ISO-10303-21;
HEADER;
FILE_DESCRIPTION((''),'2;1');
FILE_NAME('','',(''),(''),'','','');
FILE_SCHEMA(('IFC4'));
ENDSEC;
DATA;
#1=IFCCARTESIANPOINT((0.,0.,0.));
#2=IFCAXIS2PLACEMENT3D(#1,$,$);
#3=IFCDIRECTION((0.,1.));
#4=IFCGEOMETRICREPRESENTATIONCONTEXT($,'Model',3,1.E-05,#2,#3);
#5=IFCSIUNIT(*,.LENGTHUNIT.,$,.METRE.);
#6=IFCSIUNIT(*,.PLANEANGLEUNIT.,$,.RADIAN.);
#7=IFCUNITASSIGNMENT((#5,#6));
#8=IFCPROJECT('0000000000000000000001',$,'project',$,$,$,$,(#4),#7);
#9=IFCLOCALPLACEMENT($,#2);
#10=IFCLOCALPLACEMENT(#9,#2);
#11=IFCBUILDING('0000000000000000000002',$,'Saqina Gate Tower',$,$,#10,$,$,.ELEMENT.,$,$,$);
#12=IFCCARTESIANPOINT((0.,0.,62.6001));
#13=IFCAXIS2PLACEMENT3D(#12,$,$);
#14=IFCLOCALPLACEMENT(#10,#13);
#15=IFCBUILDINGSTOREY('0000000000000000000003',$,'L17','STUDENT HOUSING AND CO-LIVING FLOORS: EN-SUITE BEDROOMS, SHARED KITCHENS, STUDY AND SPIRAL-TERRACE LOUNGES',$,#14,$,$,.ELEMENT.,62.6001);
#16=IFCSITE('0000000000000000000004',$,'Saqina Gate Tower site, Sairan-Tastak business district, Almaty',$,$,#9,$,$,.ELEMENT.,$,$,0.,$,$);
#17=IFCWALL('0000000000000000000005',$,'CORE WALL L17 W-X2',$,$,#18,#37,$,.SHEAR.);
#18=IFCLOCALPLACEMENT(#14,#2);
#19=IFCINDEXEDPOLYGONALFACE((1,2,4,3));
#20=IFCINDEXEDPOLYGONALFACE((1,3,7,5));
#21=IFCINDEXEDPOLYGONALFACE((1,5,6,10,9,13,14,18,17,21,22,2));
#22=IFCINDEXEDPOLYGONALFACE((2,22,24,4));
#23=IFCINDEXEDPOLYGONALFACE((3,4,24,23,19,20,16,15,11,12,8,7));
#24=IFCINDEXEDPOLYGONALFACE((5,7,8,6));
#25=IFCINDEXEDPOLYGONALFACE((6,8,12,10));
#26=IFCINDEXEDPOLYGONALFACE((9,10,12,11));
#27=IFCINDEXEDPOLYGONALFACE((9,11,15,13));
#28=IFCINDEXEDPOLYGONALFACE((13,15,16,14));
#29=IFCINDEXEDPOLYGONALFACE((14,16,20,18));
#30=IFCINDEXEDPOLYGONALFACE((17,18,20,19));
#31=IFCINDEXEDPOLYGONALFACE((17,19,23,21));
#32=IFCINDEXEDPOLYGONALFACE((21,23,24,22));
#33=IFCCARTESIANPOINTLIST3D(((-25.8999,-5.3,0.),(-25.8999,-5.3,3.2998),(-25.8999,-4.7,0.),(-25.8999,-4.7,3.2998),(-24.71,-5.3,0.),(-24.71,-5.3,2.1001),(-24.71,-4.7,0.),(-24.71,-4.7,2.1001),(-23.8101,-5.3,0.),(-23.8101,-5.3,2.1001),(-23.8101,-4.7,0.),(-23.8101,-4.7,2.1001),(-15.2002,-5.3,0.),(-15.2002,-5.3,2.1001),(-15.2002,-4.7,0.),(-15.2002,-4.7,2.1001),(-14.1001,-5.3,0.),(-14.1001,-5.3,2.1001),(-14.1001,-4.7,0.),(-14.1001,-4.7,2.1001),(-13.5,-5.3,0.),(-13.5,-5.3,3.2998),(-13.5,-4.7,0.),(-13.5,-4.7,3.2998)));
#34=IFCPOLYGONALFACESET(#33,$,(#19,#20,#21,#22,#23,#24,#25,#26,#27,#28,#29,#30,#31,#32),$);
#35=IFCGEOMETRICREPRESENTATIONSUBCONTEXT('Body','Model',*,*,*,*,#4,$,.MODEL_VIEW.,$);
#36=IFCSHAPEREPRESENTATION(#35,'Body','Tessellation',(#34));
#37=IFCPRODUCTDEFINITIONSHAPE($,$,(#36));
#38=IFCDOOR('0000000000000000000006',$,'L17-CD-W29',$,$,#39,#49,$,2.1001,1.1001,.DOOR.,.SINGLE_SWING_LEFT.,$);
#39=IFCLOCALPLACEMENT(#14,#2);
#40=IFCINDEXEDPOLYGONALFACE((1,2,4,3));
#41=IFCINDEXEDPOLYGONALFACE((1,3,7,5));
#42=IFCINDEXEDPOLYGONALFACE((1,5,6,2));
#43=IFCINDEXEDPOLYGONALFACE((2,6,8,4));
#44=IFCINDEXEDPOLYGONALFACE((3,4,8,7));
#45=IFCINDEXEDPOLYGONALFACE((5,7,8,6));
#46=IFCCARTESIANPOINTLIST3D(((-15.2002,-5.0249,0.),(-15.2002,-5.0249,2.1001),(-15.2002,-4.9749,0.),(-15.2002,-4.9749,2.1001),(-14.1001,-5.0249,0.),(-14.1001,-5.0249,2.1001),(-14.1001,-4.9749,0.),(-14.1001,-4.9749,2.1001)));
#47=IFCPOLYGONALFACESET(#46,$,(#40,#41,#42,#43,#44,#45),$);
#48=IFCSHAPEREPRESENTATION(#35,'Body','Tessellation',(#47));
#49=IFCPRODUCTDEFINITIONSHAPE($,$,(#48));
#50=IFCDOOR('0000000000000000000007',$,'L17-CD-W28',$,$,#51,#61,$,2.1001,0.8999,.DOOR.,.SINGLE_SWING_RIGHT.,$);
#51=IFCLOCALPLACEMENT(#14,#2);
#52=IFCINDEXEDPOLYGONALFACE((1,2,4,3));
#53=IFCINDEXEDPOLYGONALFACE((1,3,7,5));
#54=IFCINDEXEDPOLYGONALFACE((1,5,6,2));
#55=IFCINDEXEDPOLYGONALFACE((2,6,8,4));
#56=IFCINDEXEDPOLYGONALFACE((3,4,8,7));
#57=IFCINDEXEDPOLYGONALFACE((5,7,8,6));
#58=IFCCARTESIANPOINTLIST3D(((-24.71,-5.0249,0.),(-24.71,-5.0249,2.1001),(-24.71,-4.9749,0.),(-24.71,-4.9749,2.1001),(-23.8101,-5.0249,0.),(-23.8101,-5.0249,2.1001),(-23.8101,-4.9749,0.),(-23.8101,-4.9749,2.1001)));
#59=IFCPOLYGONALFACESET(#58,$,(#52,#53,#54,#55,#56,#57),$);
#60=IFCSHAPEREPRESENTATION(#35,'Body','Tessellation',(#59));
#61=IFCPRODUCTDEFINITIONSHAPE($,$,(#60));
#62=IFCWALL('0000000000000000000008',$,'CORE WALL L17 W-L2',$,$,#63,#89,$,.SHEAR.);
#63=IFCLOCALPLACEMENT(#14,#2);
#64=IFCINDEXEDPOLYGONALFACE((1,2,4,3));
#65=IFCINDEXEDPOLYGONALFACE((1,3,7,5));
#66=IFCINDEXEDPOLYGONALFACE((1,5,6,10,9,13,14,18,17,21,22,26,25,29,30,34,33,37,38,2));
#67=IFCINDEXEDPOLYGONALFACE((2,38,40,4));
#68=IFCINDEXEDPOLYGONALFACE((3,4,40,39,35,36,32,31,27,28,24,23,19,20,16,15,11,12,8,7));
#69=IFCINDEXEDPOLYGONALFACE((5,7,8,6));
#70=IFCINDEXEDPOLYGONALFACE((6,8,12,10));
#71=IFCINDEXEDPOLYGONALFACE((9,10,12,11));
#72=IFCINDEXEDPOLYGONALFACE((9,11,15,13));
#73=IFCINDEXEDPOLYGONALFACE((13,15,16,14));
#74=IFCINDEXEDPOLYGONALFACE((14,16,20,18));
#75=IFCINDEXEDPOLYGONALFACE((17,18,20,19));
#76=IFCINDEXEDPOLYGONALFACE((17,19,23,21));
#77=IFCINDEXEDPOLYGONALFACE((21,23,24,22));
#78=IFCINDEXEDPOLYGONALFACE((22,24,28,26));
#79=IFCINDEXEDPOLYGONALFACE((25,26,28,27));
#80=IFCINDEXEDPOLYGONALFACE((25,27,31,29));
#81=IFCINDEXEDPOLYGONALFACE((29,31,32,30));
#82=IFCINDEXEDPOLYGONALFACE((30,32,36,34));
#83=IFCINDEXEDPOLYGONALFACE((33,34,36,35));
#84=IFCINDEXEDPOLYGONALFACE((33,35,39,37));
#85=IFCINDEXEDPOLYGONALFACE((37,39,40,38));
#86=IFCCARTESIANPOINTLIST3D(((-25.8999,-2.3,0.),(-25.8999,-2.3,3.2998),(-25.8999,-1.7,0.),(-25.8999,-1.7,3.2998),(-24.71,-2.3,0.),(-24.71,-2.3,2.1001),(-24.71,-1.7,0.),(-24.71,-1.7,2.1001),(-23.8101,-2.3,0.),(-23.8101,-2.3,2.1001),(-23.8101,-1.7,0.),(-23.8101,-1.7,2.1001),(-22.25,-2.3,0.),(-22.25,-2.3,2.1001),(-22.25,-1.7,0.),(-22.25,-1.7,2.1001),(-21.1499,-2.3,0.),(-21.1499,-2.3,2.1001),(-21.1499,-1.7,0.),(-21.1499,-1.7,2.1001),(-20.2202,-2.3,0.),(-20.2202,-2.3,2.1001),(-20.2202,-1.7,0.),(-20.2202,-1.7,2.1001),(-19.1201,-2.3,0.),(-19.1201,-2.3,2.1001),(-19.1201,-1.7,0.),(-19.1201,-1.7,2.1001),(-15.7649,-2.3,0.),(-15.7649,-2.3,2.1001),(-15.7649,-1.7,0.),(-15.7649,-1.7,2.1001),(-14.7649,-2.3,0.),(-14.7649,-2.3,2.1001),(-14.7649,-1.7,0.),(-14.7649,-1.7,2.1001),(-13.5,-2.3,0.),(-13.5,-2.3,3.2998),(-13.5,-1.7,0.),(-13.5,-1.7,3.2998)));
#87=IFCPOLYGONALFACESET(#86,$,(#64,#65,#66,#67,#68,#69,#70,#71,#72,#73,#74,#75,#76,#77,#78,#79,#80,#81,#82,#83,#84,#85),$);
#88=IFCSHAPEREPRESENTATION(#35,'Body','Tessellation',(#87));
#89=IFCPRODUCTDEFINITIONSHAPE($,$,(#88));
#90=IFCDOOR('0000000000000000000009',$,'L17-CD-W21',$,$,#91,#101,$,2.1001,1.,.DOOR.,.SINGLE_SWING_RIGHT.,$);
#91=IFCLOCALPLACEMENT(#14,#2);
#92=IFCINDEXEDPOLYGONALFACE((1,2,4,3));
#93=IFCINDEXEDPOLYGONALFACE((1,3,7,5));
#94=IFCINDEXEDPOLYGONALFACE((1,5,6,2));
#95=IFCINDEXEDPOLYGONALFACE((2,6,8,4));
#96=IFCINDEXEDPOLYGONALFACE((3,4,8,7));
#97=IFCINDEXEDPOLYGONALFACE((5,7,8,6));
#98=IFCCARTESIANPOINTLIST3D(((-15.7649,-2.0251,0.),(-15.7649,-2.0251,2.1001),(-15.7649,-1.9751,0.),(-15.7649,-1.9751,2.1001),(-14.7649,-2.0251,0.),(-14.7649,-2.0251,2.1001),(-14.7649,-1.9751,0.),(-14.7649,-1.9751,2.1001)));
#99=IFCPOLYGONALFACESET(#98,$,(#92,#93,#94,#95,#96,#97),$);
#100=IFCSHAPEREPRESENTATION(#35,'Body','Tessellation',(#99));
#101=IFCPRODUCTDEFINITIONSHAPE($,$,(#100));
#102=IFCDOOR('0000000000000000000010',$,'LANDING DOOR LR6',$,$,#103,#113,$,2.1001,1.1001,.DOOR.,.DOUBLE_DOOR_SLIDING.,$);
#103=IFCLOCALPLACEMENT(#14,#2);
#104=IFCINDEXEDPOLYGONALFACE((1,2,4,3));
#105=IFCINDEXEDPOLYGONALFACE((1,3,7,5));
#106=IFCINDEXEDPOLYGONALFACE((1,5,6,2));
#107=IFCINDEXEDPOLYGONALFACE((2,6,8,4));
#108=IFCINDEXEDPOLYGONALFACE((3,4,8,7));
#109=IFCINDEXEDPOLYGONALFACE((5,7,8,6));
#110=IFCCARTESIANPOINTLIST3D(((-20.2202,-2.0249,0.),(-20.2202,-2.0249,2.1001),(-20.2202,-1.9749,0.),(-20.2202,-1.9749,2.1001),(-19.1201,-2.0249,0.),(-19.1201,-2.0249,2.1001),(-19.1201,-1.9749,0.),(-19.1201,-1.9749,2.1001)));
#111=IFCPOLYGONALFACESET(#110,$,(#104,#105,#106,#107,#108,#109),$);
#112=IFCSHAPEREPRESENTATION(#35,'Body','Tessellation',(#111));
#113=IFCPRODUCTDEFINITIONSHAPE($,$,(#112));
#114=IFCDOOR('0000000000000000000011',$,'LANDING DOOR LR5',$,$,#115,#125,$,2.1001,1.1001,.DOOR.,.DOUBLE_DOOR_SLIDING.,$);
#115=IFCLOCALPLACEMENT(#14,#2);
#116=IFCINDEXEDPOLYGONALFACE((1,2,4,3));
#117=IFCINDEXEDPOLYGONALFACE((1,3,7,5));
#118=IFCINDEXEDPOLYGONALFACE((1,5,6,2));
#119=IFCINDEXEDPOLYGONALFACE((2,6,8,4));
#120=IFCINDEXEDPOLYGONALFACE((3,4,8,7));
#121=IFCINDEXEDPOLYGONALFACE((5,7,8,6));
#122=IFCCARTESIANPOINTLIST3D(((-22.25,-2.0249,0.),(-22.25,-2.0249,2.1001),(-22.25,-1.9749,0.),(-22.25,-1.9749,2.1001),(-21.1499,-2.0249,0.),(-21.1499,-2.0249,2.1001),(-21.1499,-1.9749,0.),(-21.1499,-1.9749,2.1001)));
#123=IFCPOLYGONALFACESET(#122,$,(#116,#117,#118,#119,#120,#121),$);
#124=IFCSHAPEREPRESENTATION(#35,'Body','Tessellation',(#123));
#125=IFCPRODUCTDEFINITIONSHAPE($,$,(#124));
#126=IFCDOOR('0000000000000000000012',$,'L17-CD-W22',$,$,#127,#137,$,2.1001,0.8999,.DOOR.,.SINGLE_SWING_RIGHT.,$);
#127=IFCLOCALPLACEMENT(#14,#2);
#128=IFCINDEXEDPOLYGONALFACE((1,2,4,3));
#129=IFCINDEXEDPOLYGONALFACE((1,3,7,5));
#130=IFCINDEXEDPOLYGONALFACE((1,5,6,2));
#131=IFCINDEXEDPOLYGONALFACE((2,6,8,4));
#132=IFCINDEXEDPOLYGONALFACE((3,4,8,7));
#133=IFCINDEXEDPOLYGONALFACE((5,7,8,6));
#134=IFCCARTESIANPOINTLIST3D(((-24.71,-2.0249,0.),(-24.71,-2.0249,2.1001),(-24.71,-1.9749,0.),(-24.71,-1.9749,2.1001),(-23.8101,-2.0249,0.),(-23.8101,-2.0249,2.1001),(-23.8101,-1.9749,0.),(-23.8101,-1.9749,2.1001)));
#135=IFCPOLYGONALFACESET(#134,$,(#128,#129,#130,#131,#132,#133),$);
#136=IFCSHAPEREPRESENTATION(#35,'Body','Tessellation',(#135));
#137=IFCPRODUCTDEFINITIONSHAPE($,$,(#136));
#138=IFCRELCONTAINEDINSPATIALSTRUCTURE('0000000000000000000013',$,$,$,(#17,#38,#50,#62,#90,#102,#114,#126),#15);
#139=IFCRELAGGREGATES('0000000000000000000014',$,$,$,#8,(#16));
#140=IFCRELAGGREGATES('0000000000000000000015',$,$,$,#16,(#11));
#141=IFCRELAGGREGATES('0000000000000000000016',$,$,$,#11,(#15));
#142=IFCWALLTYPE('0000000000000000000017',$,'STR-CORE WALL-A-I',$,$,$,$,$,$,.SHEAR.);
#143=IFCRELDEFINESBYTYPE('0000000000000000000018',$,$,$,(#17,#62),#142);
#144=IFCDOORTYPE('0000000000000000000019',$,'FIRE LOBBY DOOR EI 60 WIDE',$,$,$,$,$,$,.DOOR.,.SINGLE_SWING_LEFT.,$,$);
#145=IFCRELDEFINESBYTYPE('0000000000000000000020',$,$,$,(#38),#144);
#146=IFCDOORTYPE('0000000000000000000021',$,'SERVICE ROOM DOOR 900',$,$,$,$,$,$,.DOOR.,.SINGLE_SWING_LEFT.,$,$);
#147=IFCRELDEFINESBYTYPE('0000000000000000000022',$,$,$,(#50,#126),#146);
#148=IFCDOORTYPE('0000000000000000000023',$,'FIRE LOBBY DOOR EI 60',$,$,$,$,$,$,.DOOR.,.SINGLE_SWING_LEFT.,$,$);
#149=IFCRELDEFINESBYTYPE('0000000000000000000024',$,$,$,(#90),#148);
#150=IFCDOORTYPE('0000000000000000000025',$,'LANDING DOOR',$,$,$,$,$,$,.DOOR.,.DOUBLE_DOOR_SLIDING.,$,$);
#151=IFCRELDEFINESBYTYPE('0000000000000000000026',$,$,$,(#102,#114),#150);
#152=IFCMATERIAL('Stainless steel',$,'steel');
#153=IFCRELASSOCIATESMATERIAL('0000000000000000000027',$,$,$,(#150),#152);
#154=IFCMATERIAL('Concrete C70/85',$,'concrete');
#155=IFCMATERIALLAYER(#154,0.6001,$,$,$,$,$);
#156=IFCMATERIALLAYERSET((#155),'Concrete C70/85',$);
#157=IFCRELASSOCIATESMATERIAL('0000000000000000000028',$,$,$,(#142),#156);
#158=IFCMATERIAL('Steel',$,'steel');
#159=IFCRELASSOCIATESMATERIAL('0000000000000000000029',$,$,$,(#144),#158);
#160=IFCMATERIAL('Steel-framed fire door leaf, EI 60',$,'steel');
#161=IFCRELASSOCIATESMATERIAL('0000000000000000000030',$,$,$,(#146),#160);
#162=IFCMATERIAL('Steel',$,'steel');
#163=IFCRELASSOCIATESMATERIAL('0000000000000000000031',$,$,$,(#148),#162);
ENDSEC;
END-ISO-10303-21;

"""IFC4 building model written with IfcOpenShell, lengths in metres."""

from ifc_helpers import new_model, si_unit, direction, frame, frame_2d, origin, place, context, subcontext, project, spatial, rectangle, extrude, material, layer, layer_set, type_object, element, fill, save


model = new_model("IFC4")

# Units and contexts
model_context = context("Model", 3, precision=1e-05, world=origin(), true_north=direction((0.0, 1.0)))
body_context = subcontext(model_context, "Body", "Model", "MODEL_VIEW")
ifc_project = project(units=[si_unit("LENGTHUNIT", "METRE"), si_unit("PLANEANGLEUNIT", "RADIAN")], contexts=[model_context])

# Site, building, storey
site_placement = place(None, origin())
site = spatial("IfcSite", under=ifc_project, at=site_placement, Name="Saqina Gate Tower site, Sairan-Tastak business district, Almaty", CompositionType="ELEMENT", RefElevation=0.0)
building_placement = place(site_placement, origin())
building = spatial("IfcBuilding", under=site, at=building_placement, Name="Saqina Gate Tower", CompositionType="ELEMENT")
storey_placement = place(building_placement, frame((0.0, 0.0, 62.6001)))
storey = spatial("IfcBuildingStorey", under=building, at=storey_placement, Name="L17", Description="STUDENT HOUSING AND CO-LIVING FLOORS: EN-SUITE BEDROOMS, SHARED KITCHENS, STUDY AND SPIRAL-TERRACE LOUNGES", CompositionType="ELEMENT", Elevation=62.6001)

# Shared definitions
ifc_material_1 = material(Name="Stainless steel", Category="steel")
door_type_1 = type_object("IfcDoorType", Name="LANDING DOOR", OperationType="DOUBLE_DOOR_SLIDING", PredefinedType="DOOR", material=ifc_material_1)

# Walls, openings, doors
ifc_material_2 = material(Name="Concrete C70/85", Category="concrete")
ifc_layer_1 = layer(ifc_material_2, 0.6001)
ifc_layer_set_1 = layer_set([ifc_layer_1], Name="Concrete C70/85")
wall_type_1 = type_object("IfcWallType", Name="STR-CORE WALL-A-I", PredefinedType="SHEAR", material=ifc_layer_set_1)
wall_1_placement = place(storey_placement, frame((-13.5, -5.0, 0.0), z_axis=(0.0, 0.0, 1.0), x_axis=(-1.0, 0.0, 0.0)))
wall_1 = element("IfcWall", 1, at=wall_1_placement, inside=storey, type_object=wall_type_1, Name="CORE WALL L17 W-X2", PredefinedType="SHEAR", context=body_context, shape_type="SweptSolid", body=[
    extrude(rectangle(XDim=12.3999, YDim=0.6001, at=frame_2d((6.2, 0.0))), origin(), (0.0, 0.0, 1.0), 3.2998),
])
opening_1_placement = place(wall_1_placement, frame((10.3101, 0.0, 0.0)))
opening_1 = element("IfcOpeningElement", 2, at=opening_1_placement, cuts=wall_1, PredefinedType="OPENING", context=body_context, shape_type="SweptSolid", body=[
    extrude(rectangle(XDim=0.8999, YDim=2.1001, at=frame_2d((0.45, 1.05))), frame((0.0, 0.312, 0.0), z_axis=(0.0, -1.0, 0.0), x_axis=(1.0, 0.0, 0.0)), (0.0, 0.0, 1.0), 0.624),
])
opening_2_placement = place(wall_1_placement, frame((0.6001, 0.0, 0.0)))
opening_2 = element("IfcOpeningElement", 3, at=opening_2_placement, cuts=wall_1, PredefinedType="OPENING", context=body_context, shape_type="SweptSolid", body=[
    extrude(rectangle(XDim=1.1001, YDim=2.1001, at=frame_2d((0.55, 1.05))), frame((0.0, 0.312, 0.0), z_axis=(0.0, -1.0, 0.0), x_axis=(1.0, 0.0, 0.0)), (0.0, 0.0, 1.0), 0.624),
])
ifc_material_3 = material(Name="Steel", Category="steel")
door_type_2 = type_object("IfcDoorType", Name="FIRE LOBBY DOOR EI 60 WIDE", OperationType="SINGLE_SWING_LEFT", PredefinedType="DOOR", material=ifc_material_3)
door_1_placement = place(opening_2_placement, origin())
door_1 = element("IfcDoor", 4, at=door_1_placement, inside=storey, type_object=door_type_2, Name="L17-CD-W29", OperationType="SINGLE_SWING_LEFT", OverallHeight=2.1001, OverallWidth=1.1001, PredefinedType="DOOR", context=body_context, shape_type="SweptSolid", body=[
    extrude(rectangle(XDim=1.1001, YDim=2.1001, at=frame_2d((0.55, 1.05))), frame((0.0, 0.0249, 0.0), z_axis=(0.0, -1.0, 0.0), x_axis=(1.0, 0.0, 0.0)), (0.0, 0.0, 1.0), 0.05),
])
fill(opening_2, door_1)
ifc_material_4 = material(Name="Steel-framed fire door leaf, EI 60", Category="steel")
door_type_3 = type_object("IfcDoorType", Name="SERVICE ROOM DOOR 900", OperationType="SINGLE_SWING_LEFT", PredefinedType="DOOR", material=ifc_material_4)
door_2_placement = place(opening_1_placement, origin())
door_2 = element("IfcDoor", 5, at=door_2_placement, inside=storey, type_object=door_type_3, Name="L17-CD-W28", OperationType="SINGLE_SWING_RIGHT", OverallHeight=2.1001, OverallWidth=0.8999, PredefinedType="DOOR", context=body_context, shape_type="SweptSolid", body=[
    extrude(rectangle(XDim=0.8999, YDim=2.1001, at=frame_2d((0.45, 1.05))), frame((0.0, 0.0249, 0.0), z_axis=(0.0, -1.0, 0.0), x_axis=(1.0, 0.0, 0.0)), (0.0, 0.0, 1.0), 0.05),
])
fill(opening_1, door_2)
wall_2_placement = place(storey_placement, frame((-13.5, -2.0, 0.0), z_axis=(0.0, 0.0, 1.0), x_axis=(-1.0, 0.0, 0.0)))
wall_2 = element("IfcWall", 6, at=wall_2_placement, inside=storey, type_object=wall_type_1, Name="CORE WALL L17 W-L2", PredefinedType="SHEAR", context=body_context, shape_type="SweptSolid", body=[
    extrude(rectangle(XDim=12.3999, YDim=0.6001, at=frame_2d((6.2, 0.0))), origin(), (0.0, 0.0, 1.0), 3.2998),
])
opening_3_placement = place(wall_2_placement, frame((5.6201, 0.0, 0.0)))
opening_3 = element("IfcOpeningElement", 7, at=opening_3_placement, cuts=wall_2, PredefinedType="OPENING", context=body_context, shape_type="SweptSolid", body=[
    extrude(rectangle(XDim=1.1001, YDim=2.1001, at=frame_2d((0.55, 1.05))), frame((0.0, 0.312, 0.0), z_axis=(0.0, -1.0, 0.0), x_axis=(1.0, 0.0, 0.0)), (0.0, 0.0, 1.0), 0.624),
])
opening_4_placement = place(wall_2_placement, frame((7.6499, 0.0, 0.0)))
opening_4 = element("IfcOpeningElement", 8, at=opening_4_placement, cuts=wall_2, PredefinedType="OPENING", context=body_context, shape_type="SweptSolid", body=[
    extrude(rectangle(XDim=1.1001, YDim=2.1001, at=frame_2d((0.55, 1.05))), frame((0.0, 0.312, 0.0), z_axis=(0.0, -1.0, 0.0), x_axis=(1.0, 0.0, 0.0)), (0.0, 0.0, 1.0), 0.624),
])
opening_5_placement = place(wall_2_placement, frame((1.2649, 0.0, 0.0)))
opening_5 = element("IfcOpeningElement", 9, at=opening_5_placement, cuts=wall_2, PredefinedType="OPENING", context=body_context, shape_type="SweptSolid", body=[
    extrude(rectangle(XDim=1.0, YDim=2.1001, at=frame_2d((0.5, 1.05))), frame((0.0, 0.312, 0.0), z_axis=(0.0, -1.0, 0.0), x_axis=(1.0, 0.0, 0.0)), (0.0, 0.0, 1.0), 0.624),
])
opening_6_placement = place(wall_2_placement, frame((10.3101, 0.0, 0.0)))
opening_6 = element("IfcOpeningElement", 10, at=opening_6_placement, cuts=wall_2, PredefinedType="OPENING", context=body_context, shape_type="SweptSolid", body=[
    extrude(rectangle(XDim=0.8999, YDim=2.1001, at=frame_2d((0.45, 1.05))), frame((0.0, 0.312, 0.0), z_axis=(0.0, -1.0, 0.0), x_axis=(1.0, 0.0, 0.0)), (0.0, 0.0, 1.0), 0.624),
])
ifc_material_5 = material(Name="Steel", Category="steel")
door_type_4 = type_object("IfcDoorType", Name="FIRE LOBBY DOOR EI 60", OperationType="SINGLE_SWING_LEFT", PredefinedType="DOOR", material=ifc_material_5)
door_3_placement = place(opening_5_placement, frame((1.0, 0.0, 0.0), z_axis=(0.0, 0.0, 1.0), x_axis=(-1.0, 0.0, 0.0)))
door_3 = element("IfcDoor", 11, at=door_3_placement, inside=storey, type_object=door_type_4, Name="L17-CD-W21", OperationType="SINGLE_SWING_RIGHT", OverallHeight=2.1001, OverallWidth=1.0, PredefinedType="DOOR", context=body_context, shape_type="SweptSolid", body=[
    extrude(rectangle(XDim=1.0, YDim=2.1001, at=frame_2d((0.5, 1.05))), frame((0.0, 0.0249, 0.0), z_axis=(0.0, -1.0, 0.0), x_axis=(1.0, 0.0, 0.0)), (0.0, 0.0, 1.0), 0.05),
])
fill(opening_5, door_3)
door_4_placement = place(opening_3_placement, origin())
door_4 = element("IfcDoor", 12, at=door_4_placement, inside=storey, type_object=door_type_1, Name="LANDING DOOR LR6", OperationType="DOUBLE_DOOR_SLIDING", OverallHeight=2.1001, OverallWidth=1.1001, PredefinedType="DOOR", context=body_context, shape_type="SweptSolid", body=[
    extrude(rectangle(XDim=1.1001, YDim=2.1001, at=frame_2d((0.55, 1.05))), frame((0.0, 0.0249, 0.0), z_axis=(0.0, -1.0, 0.0), x_axis=(1.0, 0.0, 0.0)), (0.0, 0.0, 1.0), 0.05),
])
fill(opening_3, door_4)
door_5_placement = place(opening_4_placement, origin())
door_5 = element("IfcDoor", 13, at=door_5_placement, inside=storey, type_object=door_type_1, Name="LANDING DOOR LR5", OperationType="DOUBLE_DOOR_SLIDING", OverallHeight=2.1001, OverallWidth=1.1001, PredefinedType="DOOR", context=body_context, shape_type="SweptSolid", body=[
    extrude(rectangle(XDim=1.1001, YDim=2.1001, at=frame_2d((0.55, 1.05))), frame((0.0, 0.0249, 0.0), z_axis=(0.0, -1.0, 0.0), x_axis=(1.0, 0.0, 0.0)), (0.0, 0.0, 1.0), 0.05),
])
fill(opening_4, door_5)
door_6_placement = place(opening_6_placement, origin())
door_6 = element("IfcDoor", 14, at=door_6_placement, inside=storey, type_object=door_type_3, Name="L17-CD-W22", OperationType="SINGLE_SWING_RIGHT", OverallHeight=2.1001, OverallWidth=0.8999, PredefinedType="DOOR", context=body_context, shape_type="SweptSolid", body=[
    extrude(rectangle(XDim=0.8999, YDim=2.1001, at=frame_2d((0.45, 1.05))), frame((0.0, 0.0249, 0.0), z_axis=(0.0, -1.0, 0.0), x_axis=(1.0, 0.0, 0.0)), (0.0, 0.0, 1.0), 0.05),
])
fill(opening_6, door_6)

save(model, "model.ifc")
